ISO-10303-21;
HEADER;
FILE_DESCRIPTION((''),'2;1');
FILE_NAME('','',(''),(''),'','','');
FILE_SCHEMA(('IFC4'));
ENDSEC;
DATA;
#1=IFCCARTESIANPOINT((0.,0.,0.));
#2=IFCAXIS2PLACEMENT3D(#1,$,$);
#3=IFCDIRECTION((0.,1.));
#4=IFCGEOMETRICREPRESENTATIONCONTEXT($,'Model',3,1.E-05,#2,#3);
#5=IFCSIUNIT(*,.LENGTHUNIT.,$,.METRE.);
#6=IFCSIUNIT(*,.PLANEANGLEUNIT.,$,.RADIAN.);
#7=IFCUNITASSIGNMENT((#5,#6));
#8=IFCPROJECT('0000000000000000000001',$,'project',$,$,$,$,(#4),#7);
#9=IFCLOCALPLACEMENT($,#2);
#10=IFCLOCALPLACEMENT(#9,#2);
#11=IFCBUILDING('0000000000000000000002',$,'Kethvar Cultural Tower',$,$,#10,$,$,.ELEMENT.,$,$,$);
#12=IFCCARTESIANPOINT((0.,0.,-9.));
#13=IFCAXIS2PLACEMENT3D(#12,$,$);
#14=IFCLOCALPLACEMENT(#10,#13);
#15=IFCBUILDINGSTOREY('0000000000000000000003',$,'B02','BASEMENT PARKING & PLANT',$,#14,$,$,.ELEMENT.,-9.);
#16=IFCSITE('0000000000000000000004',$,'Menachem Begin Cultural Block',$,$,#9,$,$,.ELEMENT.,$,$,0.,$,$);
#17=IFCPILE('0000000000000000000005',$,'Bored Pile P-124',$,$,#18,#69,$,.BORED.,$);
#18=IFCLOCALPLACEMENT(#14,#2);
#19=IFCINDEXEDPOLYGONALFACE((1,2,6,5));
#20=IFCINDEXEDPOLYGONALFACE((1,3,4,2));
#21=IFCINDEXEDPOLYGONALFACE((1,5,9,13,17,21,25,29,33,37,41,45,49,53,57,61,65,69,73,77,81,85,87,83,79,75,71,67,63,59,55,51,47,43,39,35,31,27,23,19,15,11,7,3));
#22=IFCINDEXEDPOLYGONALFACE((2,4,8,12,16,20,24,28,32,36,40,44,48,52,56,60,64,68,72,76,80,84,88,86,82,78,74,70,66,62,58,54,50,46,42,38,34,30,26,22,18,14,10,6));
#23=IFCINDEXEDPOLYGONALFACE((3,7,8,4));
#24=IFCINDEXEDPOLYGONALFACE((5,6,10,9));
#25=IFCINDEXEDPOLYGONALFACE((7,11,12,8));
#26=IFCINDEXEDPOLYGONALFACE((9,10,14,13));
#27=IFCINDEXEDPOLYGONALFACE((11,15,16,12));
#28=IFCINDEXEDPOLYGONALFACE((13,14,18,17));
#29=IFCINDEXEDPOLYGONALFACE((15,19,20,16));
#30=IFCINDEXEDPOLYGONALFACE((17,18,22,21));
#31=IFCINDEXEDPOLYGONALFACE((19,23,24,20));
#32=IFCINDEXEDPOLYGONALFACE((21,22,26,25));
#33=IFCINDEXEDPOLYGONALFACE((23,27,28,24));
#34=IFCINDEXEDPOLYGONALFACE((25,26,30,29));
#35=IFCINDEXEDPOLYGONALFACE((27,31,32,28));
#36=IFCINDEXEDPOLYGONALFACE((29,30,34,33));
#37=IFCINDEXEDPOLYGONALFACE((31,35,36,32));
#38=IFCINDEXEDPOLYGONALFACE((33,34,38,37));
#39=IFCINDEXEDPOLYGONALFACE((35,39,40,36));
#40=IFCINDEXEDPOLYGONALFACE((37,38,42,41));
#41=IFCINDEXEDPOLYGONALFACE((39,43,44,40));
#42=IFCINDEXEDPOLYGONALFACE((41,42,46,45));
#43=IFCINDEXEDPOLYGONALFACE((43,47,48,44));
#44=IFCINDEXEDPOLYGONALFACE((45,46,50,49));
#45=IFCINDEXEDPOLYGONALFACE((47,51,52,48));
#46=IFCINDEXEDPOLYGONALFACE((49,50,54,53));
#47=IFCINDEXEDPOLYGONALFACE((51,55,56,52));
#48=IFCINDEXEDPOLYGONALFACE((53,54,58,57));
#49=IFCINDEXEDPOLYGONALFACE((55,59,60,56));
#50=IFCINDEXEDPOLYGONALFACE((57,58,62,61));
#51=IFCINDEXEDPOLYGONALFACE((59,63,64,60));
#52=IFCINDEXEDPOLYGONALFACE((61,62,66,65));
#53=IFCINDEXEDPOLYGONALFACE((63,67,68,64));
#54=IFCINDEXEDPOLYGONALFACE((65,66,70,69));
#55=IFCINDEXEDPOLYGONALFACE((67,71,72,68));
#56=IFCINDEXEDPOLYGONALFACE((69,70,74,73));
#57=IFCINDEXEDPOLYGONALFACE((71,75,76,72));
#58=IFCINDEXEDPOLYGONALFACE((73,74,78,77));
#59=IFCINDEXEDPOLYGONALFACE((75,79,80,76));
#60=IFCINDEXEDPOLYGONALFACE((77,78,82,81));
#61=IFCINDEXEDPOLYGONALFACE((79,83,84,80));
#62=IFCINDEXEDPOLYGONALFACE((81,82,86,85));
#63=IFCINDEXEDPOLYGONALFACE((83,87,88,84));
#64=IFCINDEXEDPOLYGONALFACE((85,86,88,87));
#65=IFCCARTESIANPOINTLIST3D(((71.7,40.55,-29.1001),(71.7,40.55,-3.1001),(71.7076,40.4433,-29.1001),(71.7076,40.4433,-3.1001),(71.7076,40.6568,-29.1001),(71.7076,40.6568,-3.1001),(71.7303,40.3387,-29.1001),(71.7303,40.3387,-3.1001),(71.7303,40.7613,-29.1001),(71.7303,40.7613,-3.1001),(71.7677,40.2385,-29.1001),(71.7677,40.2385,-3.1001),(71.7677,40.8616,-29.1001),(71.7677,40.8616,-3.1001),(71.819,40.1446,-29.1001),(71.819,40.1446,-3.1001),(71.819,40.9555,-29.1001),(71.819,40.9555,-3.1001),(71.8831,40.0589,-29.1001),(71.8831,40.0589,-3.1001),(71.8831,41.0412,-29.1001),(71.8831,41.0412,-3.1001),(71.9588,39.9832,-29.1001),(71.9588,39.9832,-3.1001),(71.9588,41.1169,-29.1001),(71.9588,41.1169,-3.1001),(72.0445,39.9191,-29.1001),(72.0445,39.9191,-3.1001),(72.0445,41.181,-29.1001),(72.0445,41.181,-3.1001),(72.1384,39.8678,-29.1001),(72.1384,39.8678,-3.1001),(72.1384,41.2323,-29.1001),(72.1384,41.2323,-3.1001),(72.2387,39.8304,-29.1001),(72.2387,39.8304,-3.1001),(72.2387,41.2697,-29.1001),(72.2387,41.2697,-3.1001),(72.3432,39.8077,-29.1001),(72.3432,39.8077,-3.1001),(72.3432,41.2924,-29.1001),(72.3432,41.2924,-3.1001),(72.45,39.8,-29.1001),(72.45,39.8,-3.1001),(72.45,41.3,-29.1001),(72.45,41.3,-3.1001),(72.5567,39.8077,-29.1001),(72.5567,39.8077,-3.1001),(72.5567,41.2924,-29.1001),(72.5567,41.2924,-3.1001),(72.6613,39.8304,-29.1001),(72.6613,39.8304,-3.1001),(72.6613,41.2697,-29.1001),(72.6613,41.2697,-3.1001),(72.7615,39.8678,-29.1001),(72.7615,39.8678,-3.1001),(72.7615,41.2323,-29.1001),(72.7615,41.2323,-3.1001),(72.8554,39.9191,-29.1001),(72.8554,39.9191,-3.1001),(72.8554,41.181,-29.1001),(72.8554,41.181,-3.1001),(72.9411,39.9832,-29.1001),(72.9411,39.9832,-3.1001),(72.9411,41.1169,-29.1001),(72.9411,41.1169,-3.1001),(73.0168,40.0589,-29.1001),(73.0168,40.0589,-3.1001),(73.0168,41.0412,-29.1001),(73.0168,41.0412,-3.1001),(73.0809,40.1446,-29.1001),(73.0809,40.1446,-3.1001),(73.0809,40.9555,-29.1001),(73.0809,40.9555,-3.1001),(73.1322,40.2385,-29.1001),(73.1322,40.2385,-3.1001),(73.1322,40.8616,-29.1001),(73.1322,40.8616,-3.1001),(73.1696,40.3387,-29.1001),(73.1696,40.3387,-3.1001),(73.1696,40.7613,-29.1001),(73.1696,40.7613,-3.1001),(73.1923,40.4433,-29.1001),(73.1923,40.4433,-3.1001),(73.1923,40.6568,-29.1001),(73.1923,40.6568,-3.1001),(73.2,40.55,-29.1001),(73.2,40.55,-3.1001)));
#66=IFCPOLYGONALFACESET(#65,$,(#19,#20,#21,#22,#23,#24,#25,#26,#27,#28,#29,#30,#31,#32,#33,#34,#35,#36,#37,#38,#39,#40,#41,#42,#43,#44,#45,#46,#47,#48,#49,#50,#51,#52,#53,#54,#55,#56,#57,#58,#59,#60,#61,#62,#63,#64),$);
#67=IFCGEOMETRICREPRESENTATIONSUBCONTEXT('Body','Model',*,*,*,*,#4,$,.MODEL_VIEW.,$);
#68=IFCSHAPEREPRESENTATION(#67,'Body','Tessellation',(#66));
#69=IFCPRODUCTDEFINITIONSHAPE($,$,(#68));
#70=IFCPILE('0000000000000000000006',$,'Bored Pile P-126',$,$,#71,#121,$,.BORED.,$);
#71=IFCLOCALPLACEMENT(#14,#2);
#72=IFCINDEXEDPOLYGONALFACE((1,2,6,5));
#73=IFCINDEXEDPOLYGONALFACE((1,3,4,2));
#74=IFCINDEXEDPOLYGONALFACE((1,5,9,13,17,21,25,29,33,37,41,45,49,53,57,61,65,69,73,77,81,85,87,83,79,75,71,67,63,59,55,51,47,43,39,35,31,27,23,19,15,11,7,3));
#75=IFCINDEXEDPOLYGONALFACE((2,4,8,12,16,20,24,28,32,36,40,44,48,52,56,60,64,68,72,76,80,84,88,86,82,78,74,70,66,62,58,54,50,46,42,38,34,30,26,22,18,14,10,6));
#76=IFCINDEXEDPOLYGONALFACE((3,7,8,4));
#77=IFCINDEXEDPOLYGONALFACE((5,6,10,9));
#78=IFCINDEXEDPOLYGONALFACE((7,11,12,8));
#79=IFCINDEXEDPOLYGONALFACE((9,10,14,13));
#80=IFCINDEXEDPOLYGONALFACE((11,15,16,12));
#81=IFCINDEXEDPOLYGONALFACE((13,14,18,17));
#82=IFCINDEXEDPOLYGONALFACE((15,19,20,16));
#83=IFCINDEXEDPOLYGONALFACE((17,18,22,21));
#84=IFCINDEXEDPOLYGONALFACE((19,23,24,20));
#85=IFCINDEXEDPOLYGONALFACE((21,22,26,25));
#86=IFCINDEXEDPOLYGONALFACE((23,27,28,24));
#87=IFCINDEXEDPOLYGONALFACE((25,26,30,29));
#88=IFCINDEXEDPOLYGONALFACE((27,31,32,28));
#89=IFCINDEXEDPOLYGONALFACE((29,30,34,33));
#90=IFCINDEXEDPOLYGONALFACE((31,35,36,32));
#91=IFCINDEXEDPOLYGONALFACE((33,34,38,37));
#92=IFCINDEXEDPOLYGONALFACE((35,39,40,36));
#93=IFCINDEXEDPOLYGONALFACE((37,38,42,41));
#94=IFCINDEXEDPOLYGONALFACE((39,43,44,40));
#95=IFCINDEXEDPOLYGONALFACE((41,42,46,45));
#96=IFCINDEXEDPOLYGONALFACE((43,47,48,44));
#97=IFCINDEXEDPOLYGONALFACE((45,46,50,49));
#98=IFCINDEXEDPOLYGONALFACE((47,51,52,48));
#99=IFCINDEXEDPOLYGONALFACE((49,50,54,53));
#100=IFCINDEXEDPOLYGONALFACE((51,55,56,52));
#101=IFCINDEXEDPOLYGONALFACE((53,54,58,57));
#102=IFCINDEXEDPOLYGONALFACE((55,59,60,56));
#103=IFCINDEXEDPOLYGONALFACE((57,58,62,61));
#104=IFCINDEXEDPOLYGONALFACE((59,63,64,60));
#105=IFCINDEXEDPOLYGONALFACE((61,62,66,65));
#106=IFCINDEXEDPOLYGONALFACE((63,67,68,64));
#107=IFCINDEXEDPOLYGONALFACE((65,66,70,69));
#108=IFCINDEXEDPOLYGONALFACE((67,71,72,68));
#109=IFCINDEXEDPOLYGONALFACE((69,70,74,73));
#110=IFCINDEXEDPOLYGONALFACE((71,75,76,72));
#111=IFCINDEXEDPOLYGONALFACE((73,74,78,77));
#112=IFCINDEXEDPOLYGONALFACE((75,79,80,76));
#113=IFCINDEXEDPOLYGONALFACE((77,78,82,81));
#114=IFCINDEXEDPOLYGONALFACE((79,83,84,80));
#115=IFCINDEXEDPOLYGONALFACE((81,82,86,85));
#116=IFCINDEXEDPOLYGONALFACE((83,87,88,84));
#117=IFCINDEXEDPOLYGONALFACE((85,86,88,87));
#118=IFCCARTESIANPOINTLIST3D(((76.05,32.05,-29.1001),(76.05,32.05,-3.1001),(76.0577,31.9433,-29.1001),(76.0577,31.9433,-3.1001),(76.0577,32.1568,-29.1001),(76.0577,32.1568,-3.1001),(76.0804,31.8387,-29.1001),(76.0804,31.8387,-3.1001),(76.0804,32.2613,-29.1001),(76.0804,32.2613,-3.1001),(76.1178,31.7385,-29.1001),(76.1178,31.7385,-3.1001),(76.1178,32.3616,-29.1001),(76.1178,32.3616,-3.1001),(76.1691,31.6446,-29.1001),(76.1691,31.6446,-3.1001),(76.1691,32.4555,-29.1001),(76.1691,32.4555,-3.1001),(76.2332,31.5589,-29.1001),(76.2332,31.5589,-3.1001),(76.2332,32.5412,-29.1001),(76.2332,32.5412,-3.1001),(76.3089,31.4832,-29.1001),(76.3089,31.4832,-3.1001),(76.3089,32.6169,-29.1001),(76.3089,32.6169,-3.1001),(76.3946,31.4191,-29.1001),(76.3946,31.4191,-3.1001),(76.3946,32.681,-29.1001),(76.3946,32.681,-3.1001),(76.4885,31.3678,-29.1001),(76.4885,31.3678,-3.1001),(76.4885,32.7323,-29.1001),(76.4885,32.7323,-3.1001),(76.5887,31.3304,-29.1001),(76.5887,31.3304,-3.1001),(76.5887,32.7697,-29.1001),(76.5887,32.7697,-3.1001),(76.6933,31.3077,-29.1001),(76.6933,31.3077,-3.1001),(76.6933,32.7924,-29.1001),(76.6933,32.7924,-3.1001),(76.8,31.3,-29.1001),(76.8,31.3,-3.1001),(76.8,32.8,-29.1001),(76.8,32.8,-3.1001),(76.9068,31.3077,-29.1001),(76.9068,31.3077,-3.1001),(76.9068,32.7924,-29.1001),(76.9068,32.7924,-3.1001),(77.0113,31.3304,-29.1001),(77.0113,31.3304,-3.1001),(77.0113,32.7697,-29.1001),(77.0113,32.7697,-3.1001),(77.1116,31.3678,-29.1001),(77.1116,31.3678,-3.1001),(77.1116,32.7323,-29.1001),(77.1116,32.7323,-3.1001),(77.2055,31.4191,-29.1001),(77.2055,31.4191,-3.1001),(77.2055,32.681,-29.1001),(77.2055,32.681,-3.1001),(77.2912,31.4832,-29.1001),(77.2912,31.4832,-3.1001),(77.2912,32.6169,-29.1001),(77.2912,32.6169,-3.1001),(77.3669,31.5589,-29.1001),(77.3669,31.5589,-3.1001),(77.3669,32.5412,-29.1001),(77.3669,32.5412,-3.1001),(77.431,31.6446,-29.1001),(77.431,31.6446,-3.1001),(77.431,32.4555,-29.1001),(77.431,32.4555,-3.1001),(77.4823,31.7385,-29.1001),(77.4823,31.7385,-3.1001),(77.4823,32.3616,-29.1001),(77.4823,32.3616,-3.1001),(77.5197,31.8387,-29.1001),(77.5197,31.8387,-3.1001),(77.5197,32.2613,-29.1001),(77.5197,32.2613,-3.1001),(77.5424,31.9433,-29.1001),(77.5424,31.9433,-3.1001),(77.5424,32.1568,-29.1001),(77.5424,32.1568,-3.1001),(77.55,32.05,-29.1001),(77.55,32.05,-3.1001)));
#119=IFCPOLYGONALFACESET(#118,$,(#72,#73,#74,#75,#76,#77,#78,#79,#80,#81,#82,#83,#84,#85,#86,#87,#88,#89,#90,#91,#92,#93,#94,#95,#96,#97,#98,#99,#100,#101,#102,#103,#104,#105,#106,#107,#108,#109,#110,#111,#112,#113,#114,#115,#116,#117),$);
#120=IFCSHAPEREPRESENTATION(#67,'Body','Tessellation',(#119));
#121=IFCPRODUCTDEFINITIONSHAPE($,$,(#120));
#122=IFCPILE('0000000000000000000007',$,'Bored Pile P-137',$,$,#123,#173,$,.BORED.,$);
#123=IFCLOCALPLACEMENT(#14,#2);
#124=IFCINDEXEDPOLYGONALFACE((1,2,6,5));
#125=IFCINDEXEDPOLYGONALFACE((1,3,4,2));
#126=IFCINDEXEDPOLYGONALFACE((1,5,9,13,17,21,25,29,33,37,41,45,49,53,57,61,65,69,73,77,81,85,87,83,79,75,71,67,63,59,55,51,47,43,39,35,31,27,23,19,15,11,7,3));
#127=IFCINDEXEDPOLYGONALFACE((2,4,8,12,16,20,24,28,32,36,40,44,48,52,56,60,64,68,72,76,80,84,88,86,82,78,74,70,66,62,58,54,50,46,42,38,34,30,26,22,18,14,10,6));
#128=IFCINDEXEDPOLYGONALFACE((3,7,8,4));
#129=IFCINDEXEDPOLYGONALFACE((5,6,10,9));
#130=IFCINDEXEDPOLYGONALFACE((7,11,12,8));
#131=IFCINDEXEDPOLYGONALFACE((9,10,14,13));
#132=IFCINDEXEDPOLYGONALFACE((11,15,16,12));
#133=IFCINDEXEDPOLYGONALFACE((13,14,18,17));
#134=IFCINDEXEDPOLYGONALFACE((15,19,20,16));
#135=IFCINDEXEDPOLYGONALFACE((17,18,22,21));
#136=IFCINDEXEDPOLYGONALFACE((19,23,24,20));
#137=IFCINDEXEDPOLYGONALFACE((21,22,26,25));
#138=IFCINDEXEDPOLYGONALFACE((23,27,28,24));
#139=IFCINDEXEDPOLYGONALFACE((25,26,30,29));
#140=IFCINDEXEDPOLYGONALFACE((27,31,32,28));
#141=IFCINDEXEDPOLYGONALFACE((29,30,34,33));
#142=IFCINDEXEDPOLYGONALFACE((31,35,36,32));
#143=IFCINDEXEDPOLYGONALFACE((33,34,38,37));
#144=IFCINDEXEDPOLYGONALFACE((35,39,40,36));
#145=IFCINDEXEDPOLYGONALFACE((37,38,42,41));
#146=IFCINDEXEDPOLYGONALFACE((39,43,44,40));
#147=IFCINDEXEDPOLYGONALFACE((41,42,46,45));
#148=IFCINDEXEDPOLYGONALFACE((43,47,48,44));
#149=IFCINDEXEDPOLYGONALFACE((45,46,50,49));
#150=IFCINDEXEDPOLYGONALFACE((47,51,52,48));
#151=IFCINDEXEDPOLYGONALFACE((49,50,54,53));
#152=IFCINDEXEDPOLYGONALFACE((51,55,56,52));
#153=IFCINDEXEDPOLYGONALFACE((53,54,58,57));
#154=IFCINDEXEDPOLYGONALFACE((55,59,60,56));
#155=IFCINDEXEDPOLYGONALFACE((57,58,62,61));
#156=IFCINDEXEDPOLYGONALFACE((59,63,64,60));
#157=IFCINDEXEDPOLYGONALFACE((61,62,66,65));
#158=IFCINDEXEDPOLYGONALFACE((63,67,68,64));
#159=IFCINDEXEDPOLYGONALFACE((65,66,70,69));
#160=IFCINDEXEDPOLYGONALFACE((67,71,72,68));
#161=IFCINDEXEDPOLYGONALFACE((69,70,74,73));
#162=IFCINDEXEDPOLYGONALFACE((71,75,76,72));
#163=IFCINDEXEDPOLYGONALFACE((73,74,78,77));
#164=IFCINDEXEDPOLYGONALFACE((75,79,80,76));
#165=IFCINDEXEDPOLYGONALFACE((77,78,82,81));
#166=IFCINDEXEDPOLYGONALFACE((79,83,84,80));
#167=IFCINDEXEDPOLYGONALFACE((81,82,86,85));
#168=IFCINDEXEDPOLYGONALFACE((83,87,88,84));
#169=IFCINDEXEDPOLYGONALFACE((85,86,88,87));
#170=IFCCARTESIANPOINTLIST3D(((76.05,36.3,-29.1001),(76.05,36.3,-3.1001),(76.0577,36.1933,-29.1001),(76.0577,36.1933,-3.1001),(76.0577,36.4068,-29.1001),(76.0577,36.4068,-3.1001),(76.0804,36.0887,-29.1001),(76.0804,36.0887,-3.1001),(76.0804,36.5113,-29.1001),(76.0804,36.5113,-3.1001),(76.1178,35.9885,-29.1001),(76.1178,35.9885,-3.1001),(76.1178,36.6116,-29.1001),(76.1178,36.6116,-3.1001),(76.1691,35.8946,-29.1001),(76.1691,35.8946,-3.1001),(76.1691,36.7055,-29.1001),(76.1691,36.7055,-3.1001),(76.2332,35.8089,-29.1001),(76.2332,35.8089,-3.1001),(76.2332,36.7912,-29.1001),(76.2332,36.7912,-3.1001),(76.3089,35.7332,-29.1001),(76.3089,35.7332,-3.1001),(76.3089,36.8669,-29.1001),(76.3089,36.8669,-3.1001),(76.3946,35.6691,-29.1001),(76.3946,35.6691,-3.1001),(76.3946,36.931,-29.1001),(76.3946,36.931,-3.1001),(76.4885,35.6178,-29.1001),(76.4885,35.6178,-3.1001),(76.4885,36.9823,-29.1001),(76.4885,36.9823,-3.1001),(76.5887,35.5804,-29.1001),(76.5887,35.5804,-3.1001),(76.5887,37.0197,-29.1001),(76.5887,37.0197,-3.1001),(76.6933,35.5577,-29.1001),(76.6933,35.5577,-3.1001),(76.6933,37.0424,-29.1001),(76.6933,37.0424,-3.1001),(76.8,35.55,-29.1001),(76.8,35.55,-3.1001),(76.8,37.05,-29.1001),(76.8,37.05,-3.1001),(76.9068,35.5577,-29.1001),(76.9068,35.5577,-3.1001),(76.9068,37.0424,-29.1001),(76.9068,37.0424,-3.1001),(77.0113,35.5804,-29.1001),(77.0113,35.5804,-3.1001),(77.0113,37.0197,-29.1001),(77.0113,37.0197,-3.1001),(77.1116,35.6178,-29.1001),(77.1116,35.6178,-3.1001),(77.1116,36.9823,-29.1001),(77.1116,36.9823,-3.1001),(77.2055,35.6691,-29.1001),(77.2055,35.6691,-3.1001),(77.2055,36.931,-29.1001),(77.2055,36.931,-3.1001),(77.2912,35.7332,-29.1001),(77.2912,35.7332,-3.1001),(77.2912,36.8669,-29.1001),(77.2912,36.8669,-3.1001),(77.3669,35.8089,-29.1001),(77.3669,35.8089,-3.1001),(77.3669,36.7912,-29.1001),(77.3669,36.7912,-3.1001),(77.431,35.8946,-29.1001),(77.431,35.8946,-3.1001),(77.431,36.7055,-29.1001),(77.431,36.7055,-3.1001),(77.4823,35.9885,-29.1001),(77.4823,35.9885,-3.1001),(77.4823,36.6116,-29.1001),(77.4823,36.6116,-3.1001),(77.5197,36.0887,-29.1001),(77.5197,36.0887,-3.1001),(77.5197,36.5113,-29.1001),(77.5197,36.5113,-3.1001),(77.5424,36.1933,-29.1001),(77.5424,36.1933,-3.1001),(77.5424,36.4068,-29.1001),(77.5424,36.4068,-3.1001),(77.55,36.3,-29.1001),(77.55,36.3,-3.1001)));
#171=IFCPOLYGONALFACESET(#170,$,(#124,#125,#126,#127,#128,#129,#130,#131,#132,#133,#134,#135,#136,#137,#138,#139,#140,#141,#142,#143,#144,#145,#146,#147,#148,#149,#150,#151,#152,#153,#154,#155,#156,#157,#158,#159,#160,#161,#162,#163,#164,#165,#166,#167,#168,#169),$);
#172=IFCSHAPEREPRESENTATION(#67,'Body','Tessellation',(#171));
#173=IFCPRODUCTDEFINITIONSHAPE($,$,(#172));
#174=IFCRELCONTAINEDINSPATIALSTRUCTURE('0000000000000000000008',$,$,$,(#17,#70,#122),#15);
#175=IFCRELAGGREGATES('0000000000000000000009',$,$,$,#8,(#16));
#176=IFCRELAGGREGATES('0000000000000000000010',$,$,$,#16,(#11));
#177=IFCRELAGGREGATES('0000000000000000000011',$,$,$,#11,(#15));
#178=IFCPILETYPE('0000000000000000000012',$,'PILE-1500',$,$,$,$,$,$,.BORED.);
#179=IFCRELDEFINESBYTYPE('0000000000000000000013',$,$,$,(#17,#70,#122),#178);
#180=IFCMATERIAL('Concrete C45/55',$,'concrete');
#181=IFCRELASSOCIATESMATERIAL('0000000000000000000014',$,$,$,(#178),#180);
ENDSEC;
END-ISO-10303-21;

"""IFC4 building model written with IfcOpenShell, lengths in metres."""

from ifc_helpers import new_model, si_unit, direction, frame, origin, origin_2d, place, context, subcontext, project, spatial, circle, extrude, source, transform, mapped, material, material_profile, profile_set, type_object, element, save


model = new_model("IFC4")

# Units and contexts
model_context = context("Model", 3, precision=1e-05, world=origin(), true_north=direction((0.0, 1.0)))
body_context = subcontext(model_context, "Body", "Model", "MODEL_VIEW")
ifc_project = project(units=[si_unit("LENGTHUNIT", "METRE"), si_unit("PLANEANGLEUNIT", "RADIAN")], contexts=[model_context])

# Site, building, storey
site_placement = place(None, origin())
site = spatial("IfcSite", under=ifc_project, at=site_placement, Name="Menachem Begin Cultural Block", CompositionType="ELEMENT", RefElevation=0.0)
building_placement = place(site_placement, origin())
building = spatial("IfcBuilding", under=site, at=building_placement, Name="Kethvar Cultural Tower", CompositionType="ELEMENT")
storey_placement = place(building_placement, frame((0.0, 0.0, -9.0)))
storey = spatial("IfcBuildingStorey", under=building, at=storey_placement, Name="B02", Description="BASEMENT PARKING & PLANT", CompositionType="ELEMENT", Elevation=-9.0)

# Piles
ifc_material_1 = material(Name="Concrete C45/55", Category="concrete")
ifc_material_profile_1 = material_profile(ifc_material_1, circle(Radius=0.75, at=origin_2d()), Name="Concrete C45/55 — PILE1500")
ifc_profile_set_1 = profile_set([ifc_material_profile_1], Name="Concrete C45/55 — PILE1500")
pile_type = type_object("IfcPileType", Name="PILE-1500", PredefinedType="BORED", material=ifc_profile_set_1)
shared_shape_1 = source(origin(), body_context, "Body", "SweptSolid", [
    extrude(circle(Radius=0.75, at=origin_2d()), origin(), (0.0, 0.0, 1.0), 26.0),
])
for number, where, z_axis, x_axis, name in (
    (1, (72.45, 40.55, -3.1001), (0.0, 0.0, -1.0), (1.0, 0.0, 0.0), "Bored Pile P-124"),
    (2, (76.8, 32.05, -3.1001), (0.0, 0.0, -1.0), (1.0, 0.0, 0.0), "Bored Pile P-126"),
    (3, (76.8, 36.3, -3.1001), (0.0, 0.0, -1.0), (1.0, 0.0, 0.0), "Bored Pile P-137"),
):
    element("IfcPile", number, at=place(storey_placement, frame(where, z_axis=z_axis, x_axis=x_axis)), inside=storey, type_object=pile_type, Name=name, PredefinedType="BORED", context=body_context, shape_type="MappedRepresentation", body=[
        mapped(shared_shape_1, transform((0.0, 0.0, 0.0), scale=1.0)),
    ])

save(model, "model.ifc")
